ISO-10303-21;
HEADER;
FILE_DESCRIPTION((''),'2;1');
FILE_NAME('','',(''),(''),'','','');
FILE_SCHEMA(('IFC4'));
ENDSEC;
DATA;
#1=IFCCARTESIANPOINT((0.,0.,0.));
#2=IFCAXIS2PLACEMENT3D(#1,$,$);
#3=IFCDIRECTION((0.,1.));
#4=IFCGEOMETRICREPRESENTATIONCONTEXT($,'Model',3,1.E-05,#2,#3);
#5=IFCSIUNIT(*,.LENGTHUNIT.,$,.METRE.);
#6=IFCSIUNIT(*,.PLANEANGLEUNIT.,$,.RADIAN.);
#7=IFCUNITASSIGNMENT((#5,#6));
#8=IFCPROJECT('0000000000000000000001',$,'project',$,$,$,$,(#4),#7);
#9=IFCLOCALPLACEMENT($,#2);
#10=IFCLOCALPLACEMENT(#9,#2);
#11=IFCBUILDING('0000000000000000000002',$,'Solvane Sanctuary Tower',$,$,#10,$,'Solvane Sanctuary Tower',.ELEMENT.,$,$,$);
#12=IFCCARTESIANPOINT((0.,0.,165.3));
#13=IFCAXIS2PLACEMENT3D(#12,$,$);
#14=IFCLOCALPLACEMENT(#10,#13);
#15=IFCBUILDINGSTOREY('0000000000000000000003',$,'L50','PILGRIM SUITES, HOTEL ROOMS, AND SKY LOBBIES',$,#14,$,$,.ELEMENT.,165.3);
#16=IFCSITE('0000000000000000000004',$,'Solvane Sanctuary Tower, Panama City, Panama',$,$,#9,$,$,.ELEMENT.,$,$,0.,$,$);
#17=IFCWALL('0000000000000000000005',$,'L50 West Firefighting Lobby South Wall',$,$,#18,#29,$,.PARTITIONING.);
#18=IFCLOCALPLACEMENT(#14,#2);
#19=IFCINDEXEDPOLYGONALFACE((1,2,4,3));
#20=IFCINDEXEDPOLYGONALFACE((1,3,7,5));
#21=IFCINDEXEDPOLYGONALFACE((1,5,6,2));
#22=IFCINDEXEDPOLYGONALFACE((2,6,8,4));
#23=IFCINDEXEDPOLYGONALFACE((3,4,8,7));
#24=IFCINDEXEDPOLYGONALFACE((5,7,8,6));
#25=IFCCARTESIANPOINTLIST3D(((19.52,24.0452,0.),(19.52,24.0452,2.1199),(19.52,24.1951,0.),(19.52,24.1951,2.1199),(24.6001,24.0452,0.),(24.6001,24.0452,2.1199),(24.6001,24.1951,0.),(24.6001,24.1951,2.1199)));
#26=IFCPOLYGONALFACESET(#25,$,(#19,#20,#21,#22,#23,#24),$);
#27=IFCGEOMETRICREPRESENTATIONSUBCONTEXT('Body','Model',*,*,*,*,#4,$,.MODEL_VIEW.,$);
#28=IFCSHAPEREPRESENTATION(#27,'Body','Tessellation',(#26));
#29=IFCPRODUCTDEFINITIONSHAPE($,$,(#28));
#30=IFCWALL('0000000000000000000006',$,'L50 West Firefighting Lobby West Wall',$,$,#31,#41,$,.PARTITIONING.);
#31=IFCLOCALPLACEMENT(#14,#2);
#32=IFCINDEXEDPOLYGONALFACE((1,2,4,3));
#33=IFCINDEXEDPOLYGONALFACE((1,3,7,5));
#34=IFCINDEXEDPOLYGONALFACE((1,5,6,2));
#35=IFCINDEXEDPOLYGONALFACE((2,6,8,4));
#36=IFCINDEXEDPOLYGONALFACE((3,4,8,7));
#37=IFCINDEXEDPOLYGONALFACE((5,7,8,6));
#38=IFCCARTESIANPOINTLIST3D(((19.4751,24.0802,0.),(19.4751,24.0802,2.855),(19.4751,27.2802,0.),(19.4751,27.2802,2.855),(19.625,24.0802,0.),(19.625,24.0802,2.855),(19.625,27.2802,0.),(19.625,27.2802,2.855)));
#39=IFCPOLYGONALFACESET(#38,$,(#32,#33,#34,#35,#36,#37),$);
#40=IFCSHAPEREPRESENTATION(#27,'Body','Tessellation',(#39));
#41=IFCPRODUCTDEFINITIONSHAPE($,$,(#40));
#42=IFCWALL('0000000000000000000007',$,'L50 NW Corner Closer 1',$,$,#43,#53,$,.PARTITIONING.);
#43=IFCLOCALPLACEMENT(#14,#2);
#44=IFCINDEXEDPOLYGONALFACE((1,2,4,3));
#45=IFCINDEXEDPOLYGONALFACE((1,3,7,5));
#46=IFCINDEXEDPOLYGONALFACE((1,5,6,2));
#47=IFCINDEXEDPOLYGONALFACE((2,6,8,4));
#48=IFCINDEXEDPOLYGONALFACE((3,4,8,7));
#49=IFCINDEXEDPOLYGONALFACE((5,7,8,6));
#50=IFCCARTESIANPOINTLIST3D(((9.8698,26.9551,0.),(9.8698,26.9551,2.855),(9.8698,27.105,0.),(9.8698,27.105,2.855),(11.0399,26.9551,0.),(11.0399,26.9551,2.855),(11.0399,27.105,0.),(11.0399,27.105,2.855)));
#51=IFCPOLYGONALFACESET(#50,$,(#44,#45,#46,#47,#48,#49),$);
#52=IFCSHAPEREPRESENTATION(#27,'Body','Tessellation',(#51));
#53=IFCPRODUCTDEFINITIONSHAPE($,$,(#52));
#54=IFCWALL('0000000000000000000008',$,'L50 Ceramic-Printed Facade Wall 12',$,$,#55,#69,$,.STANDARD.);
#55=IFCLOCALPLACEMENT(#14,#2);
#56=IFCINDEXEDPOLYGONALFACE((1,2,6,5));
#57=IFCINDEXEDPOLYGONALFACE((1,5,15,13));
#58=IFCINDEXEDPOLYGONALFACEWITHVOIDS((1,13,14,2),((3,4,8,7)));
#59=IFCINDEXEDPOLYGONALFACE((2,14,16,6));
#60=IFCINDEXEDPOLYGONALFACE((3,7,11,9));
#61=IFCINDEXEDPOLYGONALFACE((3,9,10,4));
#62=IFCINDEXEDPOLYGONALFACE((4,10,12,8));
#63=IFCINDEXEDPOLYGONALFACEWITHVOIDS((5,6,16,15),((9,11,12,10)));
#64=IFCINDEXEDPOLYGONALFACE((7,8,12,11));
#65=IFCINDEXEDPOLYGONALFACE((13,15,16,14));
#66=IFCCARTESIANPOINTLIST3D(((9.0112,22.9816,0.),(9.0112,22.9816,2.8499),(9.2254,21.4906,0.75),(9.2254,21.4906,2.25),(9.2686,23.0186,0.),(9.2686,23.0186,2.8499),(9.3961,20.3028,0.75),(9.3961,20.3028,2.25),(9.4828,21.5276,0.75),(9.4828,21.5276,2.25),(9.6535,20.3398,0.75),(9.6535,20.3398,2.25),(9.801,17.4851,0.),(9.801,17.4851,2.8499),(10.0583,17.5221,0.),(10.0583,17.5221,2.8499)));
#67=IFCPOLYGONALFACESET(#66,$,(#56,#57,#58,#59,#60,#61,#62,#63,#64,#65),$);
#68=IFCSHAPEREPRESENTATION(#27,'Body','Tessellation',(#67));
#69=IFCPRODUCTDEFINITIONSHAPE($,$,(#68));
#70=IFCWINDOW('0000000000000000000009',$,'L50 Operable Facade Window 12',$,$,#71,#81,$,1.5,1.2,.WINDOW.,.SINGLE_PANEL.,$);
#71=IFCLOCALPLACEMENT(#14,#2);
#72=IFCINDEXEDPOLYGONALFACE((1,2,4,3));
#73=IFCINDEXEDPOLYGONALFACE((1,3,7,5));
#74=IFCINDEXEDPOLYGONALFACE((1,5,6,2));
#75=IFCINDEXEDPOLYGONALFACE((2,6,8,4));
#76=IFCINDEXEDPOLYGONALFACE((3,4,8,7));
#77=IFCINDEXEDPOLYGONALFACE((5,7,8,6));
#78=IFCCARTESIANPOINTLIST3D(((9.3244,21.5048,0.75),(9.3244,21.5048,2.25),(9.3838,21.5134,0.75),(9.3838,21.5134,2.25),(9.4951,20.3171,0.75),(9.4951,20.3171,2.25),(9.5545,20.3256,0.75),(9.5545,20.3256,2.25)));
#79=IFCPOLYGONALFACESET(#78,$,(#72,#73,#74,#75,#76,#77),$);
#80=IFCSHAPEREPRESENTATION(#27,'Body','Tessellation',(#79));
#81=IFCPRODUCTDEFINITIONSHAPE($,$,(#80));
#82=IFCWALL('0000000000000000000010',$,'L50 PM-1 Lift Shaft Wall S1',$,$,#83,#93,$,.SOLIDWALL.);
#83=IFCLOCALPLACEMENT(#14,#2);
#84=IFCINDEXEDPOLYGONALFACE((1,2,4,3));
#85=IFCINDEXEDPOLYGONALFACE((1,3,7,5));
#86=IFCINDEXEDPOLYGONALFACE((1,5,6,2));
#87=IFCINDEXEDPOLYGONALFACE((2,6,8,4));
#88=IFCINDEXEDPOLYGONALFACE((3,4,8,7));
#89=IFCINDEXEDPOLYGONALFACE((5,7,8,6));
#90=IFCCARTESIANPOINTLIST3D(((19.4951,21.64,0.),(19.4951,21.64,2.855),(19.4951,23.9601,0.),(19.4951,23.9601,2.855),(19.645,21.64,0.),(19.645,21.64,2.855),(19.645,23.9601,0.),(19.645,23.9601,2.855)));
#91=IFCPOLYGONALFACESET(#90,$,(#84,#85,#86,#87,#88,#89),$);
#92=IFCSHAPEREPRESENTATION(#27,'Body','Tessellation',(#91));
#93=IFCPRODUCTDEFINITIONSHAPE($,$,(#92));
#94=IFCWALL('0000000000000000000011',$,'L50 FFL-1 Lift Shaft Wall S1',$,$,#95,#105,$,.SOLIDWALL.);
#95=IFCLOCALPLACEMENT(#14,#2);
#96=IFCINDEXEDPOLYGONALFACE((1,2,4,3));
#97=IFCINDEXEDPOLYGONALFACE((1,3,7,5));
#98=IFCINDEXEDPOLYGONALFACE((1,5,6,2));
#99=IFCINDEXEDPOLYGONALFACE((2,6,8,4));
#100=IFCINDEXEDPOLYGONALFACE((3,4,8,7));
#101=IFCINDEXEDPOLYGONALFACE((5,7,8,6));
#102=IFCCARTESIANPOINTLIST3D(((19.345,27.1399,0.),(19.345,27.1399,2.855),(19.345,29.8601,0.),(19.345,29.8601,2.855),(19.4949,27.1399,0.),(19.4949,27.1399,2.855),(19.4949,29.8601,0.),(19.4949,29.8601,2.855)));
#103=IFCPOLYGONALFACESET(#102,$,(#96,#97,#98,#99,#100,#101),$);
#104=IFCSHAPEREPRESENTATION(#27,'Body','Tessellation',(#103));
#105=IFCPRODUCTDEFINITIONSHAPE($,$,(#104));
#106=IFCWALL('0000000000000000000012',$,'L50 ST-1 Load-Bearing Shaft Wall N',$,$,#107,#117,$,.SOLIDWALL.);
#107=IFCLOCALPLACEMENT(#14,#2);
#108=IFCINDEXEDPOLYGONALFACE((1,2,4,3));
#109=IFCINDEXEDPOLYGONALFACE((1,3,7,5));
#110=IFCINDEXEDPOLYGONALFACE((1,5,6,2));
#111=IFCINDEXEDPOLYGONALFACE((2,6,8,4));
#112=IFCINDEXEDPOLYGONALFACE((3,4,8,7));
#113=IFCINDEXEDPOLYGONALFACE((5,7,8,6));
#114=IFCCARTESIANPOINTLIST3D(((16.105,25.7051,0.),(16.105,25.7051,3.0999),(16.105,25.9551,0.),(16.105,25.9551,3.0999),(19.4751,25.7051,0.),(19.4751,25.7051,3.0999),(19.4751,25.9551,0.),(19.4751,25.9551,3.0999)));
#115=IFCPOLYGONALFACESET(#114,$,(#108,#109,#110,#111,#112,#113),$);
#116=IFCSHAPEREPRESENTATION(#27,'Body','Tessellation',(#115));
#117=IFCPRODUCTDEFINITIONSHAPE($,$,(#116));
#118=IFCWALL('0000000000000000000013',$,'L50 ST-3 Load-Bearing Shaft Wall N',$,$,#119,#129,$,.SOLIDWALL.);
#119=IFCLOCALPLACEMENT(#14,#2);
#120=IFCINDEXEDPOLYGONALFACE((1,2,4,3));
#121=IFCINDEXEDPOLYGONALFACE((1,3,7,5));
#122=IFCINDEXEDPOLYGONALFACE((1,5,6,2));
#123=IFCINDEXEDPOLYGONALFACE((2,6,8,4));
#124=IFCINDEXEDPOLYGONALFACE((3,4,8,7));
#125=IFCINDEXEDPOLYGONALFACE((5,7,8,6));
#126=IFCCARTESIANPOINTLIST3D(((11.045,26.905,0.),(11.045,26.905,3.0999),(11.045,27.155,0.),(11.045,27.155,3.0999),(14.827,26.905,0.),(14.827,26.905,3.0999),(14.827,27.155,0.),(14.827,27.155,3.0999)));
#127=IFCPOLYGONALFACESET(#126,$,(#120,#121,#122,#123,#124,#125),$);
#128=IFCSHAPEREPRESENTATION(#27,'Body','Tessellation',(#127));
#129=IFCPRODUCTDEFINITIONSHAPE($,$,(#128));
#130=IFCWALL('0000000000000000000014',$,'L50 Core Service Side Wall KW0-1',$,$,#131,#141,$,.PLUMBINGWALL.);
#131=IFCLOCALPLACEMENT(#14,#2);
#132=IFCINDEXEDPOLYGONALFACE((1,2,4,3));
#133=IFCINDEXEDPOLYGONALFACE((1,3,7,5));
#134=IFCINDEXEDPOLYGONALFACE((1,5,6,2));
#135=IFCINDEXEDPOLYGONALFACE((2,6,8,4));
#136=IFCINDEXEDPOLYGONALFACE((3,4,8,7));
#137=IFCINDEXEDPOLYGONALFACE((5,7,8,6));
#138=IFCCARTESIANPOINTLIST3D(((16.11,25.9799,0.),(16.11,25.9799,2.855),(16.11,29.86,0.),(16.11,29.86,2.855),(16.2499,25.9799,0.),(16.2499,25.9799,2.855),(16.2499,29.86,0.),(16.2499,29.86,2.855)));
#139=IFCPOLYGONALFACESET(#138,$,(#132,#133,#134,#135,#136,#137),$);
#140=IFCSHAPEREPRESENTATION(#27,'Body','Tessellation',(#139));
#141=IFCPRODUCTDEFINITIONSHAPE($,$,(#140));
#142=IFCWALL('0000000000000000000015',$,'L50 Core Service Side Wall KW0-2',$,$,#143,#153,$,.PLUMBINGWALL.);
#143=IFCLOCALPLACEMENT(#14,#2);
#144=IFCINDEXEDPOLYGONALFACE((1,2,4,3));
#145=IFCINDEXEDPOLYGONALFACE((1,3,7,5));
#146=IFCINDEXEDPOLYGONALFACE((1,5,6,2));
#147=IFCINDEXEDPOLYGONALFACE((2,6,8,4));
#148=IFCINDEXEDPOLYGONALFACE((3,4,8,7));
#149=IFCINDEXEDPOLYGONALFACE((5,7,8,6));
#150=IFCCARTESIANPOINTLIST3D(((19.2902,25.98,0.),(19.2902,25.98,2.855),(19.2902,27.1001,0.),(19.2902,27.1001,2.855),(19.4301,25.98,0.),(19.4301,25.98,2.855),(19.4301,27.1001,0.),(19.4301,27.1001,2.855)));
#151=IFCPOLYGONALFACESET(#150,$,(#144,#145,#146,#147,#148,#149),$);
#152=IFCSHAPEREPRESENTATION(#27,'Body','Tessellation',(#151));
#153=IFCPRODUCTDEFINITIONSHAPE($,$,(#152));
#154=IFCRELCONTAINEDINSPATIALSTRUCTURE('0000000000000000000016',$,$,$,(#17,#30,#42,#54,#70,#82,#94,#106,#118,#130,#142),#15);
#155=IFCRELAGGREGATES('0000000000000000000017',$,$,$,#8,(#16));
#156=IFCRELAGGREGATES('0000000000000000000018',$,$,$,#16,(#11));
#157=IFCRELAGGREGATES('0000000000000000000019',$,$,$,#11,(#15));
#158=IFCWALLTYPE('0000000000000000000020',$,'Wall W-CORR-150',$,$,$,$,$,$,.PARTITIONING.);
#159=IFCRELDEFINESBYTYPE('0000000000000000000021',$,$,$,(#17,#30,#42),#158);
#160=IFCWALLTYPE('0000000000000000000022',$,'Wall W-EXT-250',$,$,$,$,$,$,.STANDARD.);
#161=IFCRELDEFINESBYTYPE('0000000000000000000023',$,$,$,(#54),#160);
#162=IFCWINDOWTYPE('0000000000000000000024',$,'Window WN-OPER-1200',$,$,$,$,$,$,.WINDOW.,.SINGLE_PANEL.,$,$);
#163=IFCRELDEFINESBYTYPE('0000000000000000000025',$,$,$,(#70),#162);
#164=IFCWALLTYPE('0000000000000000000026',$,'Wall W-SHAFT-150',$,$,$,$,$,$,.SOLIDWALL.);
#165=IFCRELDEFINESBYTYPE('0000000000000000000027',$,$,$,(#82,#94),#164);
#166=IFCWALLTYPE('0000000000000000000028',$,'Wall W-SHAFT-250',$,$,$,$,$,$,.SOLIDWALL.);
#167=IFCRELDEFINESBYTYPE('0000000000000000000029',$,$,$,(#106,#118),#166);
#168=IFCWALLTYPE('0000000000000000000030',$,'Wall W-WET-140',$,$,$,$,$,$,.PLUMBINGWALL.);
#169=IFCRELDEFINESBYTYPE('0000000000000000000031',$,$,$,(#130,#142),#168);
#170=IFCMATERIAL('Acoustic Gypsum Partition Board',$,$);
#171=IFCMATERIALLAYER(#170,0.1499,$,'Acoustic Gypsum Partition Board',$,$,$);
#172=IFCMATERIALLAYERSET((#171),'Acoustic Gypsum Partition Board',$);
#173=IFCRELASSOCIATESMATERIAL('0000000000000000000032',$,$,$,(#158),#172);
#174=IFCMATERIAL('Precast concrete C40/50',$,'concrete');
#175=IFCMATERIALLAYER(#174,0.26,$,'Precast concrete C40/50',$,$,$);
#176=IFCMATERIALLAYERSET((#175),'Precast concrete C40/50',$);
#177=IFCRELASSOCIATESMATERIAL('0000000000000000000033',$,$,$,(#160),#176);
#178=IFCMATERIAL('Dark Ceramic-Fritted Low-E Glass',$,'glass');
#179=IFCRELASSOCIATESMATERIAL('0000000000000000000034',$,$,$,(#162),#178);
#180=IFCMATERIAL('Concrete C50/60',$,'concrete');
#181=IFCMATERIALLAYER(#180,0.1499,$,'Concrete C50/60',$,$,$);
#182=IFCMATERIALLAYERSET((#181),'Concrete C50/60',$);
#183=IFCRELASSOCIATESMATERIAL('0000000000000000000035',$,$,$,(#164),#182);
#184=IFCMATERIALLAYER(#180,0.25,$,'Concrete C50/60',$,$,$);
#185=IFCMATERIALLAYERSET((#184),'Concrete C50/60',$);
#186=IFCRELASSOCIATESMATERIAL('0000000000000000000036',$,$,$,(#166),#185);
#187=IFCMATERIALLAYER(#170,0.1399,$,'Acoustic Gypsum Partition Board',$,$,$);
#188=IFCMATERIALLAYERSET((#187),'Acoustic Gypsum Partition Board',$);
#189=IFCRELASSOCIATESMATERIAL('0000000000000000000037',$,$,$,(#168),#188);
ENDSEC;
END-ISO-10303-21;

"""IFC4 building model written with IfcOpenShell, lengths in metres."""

from ifc_helpers import new_model, si_unit, direction, frame, frame_2d, origin, place, context, subcontext, project, spatial, rectangle, extrude, material, layer, layer_set, type_object, element, fill, save


model = new_model("IFC4")

# Units and contexts
model_context = context("Model", 3, precision=1e-05, world=origin(), true_north=direction((0.0, 1.0)))
body_context = subcontext(model_context, "Body", "Model", "MODEL_VIEW")
ifc_project = project(units=[si_unit("LENGTHUNIT", "METRE"), si_unit("PLANEANGLEUNIT", "RADIAN")], contexts=[model_context])

# Site, building, storey
site_placement = place(None, origin())
site = spatial("IfcSite", under=ifc_project, at=site_placement, Name="Solvane Sanctuary Tower, Panama City, Panama", CompositionType="ELEMENT", RefElevation=0.0)
building_placement = place(site_placement, origin())
building = spatial("IfcBuilding", under=site, at=building_placement, Name="Solvane Sanctuary Tower", LongName="Solvane Sanctuary Tower", CompositionType="ELEMENT")
storey_placement = place(building_placement, frame((0.0, 0.0, 165.3)))
storey = spatial("IfcBuildingStorey", under=building, at=storey_placement, Name="L50", Description="PILGRIM SUITES, HOTEL ROOMS, AND SKY LOBBIES", CompositionType="ELEMENT", Elevation=165.3)

# Walls
ifc_material_1 = material(Name="Acoustic Gypsum Partition Board")
ifc_layer_1 = layer(ifc_material_1, 0.1499, Name="Acoustic Gypsum Partition Board")
ifc_layer_set_1 = layer_set([ifc_layer_1], Name="Acoustic Gypsum Partition Board")
wall_type_1 = type_object("IfcWallType", Name="Wall W-CORR-150", PredefinedType="PARTITIONING", material=ifc_layer_set_1)
wall_1_placement = place(storey_placement, frame((19.52, 24.1201, 0.0), z_axis=(0.0, 0.0, 1.0), x_axis=(1.0, 0.0, 0.0)))
element("IfcWall", 1, at=wall_1_placement, inside=storey, type_object=wall_type_1, Name="L50 West Firefighting Lobby South Wall", PredefinedType="PARTITIONING", context=body_context, shape_type="SweptSolid", body=[
    extrude(rectangle(XDim=5.0801, YDim=0.1499, at=frame_2d((2.54, 0.0))), origin(), (0.0, 0.0, 1.0), 2.1199),
])
wall_2_placement = place(storey_placement, frame((19.55, 24.0801, 0.0), z_axis=(0.0, 0.0, 1.0), x_axis=(0.0, 1.0, 0.0)))
element("IfcWall", 2, at=wall_2_placement, inside=storey, type_object=wall_type_1, Name="L50 West Firefighting Lobby West Wall", PredefinedType="PARTITIONING", context=body_context, shape_type="SweptSolid", body=[
    extrude(rectangle(XDim=3.2, YDim=0.1499, at=frame_2d((1.6001, 0.0))), origin(), (0.0, 0.0, 1.0), 2.855),
])
wall_3_placement = place(storey_placement, frame((9.8699, 27.03, 0.0), z_axis=(0.0, 0.0, 1.0), x_axis=(1.0, 0.0, 0.0)))
element("IfcWall", 3, at=wall_3_placement, inside=storey, type_object=wall_type_1, Name="L50 NW Corner Closer 1", PredefinedType="PARTITIONING", context=body_context, shape_type="SweptSolid", body=[
    extrude(rectangle(XDim=1.1702, YDim=0.1499, at=frame_2d((0.585, 0.0))), origin(), (0.0, 0.0, 1.0), 2.855),
])

# Wall, opening, window
ifc_material_2 = material(Name="Precast concrete C40/50", Category="concrete")
ifc_layer_2 = layer(ifc_material_2, 0.26, Name="Precast concrete C40/50")
ifc_layer_set_2 = layer_set([ifc_layer_2], Name="Precast concrete C40/50")
wall_type_2 = type_object("IfcWallType", Name="Wall W-EXT-250", PredefinedType="STANDARD", material=ifc_layer_set_2)
wall_4_placement = place(storey_placement, frame((9.1399, 23.0, 0.0), z_axis=(0.0, 0.0, 1.0), x_axis=(0.142228, -0.989834, 0.0)))
wall_4 = element("IfcWall", 4, at=wall_4_placement, inside=storey, type_object=wall_type_2, Name="L50 Ceramic-Printed Facade Wall 12", PredefinedType="STANDARD", context=body_context, shape_type="SweptSolid", body=[
    extrude(rectangle(XDim=5.553, YDim=0.26, at=frame_2d((2.7764, 0.0))), origin(), (0.0, 0.0, 1.0), 2.8499),
])
opening_placement = place(wall_4_placement, frame((1.5061, 0.0, 0.75)))
opening = element("IfcOpeningElement", 5, at=opening_placement, cuts=wall_4, PredefinedType="OPENING", context=body_context, shape_type="SweptSolid", body=[
    extrude(rectangle(XDim=1.2, YDim=1.5, at=frame_2d((0.6001, 0.75))), frame((0.0, 0.1399, 0.0), z_axis=(0.0, -1.0, 0.0), x_axis=(1.0, 0.0, 0.0)), (0.0, 0.0, 1.0), 0.28),
])
ifc_material_3 = material(Name="Dark Ceramic-Fritted Low-E Glass", Category="glass")
window_type = type_object("IfcWindowType", Name="Window WN-OPER-1200", PartitioningType="SINGLE_PANEL", PredefinedType="WINDOW", material=ifc_material_3)
window_placement = place(opening_placement, origin())
window = element("IfcWindow", 6, at=window_placement, inside=storey, type_object=window_type, Name="L50 Operable Facade Window 12", OverallHeight=1.5, OverallWidth=1.2, PartitioningType="SINGLE_PANEL", PredefinedType="WINDOW", context=body_context, shape_type="SweptSolid", body=[
    extrude(rectangle(XDim=1.2, YDim=1.5, at=frame_2d((0.6001, 0.75))), frame((0.0, 0.03, 0.0), z_axis=(0.0, -1.0, 0.0), x_axis=(1.0, 0.0, 0.0)), (0.0, 0.0, 1.0), 0.0601),
])
fill(opening, window)

# Walls
ifc_material_4 = material(Name="Concrete C50/60", Category="concrete")
ifc_layer_3 = layer(ifc_material_4, 0.1499, Name="Concrete C50/60")
ifc_layer_set_3 = layer_set([ifc_layer_3], Name="Concrete C50/60")
wall_type_3 = type_object("IfcWallType", Name="Wall W-SHAFT-150", PredefinedType="SOLIDWALL", material=ifc_layer_set_3)
wall_5_placement = place(storey_placement, frame((19.5701, 21.6399, 0.0), z_axis=(0.0, 0.0, 1.0), x_axis=(0.0, 1.0, 0.0)))
element("IfcWall", 7, at=wall_5_placement, inside=storey, type_object=wall_type_3, Name="L50 PM-1 Lift Shaft Wall S1", PredefinedType="SOLIDWALL", context=body_context, shape_type="SweptSolid", body=[
    extrude(rectangle(XDim=2.3201, YDim=0.1499, at=frame_2d((1.1602, 0.0))), origin(), (0.0, 0.0, 1.0), 2.855),
])
wall_6_placement = place(storey_placement, frame((19.4199, 27.1399, 0.0), z_axis=(0.0, 0.0, 1.0), x_axis=(0.0, 1.0, 0.0)))
element("IfcWall", 8, at=wall_6_placement, inside=storey, type_object=wall_type_3, Name="L50 FFL-1 Lift Shaft Wall S1", PredefinedType="SOLIDWALL", context=body_context, shape_type="SweptSolid", body=[
    extrude(rectangle(XDim=2.7202, YDim=0.1499, at=frame_2d((1.3601, 0.0))), origin(), (0.0, 0.0, 1.0), 2.855),
])
ifc_layer_4 = layer(ifc_material_4, 0.25, Name="Concrete C50/60")
ifc_layer_set_4 = layer_set([ifc_layer_4], Name="Concrete C50/60")
wall_type_4 = type_object("IfcWallType", Name="Wall W-SHAFT-250", PredefinedType="SOLIDWALL", material=ifc_layer_set_4)
wall_7_placement = place(storey_placement, frame((16.105, 25.8301, 0.0), z_axis=(0.0, 0.0, 1.0), x_axis=(1.0, 0.0, 0.0)))
element("IfcWall", 9, at=wall_7_placement, inside=storey, type_object=wall_type_4, Name="L50 ST-1 Load-Bearing Shaft Wall N", PredefinedType="SOLIDWALL", context=body_context, shape_type="SweptSolid", body=[
    extrude(rectangle(XDim=3.3701, YDim=0.25, at=frame_2d((1.6851, 0.0))), origin(), (0.0, 0.0, 1.0), 3.0999),
])
wall_8_placement = place(storey_placement, frame((11.0449, 27.03, 0.0), z_axis=(0.0, 0.0, 1.0), x_axis=(1.0, 0.0, 0.0)))
element("IfcWall", 10, at=wall_8_placement, inside=storey, type_object=wall_type_4, Name="L50 ST-3 Load-Bearing Shaft Wall N", PredefinedType="SOLIDWALL", context=body_context, shape_type="SweptSolid", body=[
    extrude(rectangle(XDim=3.782, YDim=0.25, at=frame_2d((1.8911, 0.0))), origin(), (0.0, 0.0, 1.0), 3.0999),
])
ifc_layer_5 = layer(ifc_material_1, 0.1399, Name="Acoustic Gypsum Partition Board")
ifc_layer_set_5 = layer_set([ifc_layer_5], Name="Acoustic Gypsum Partition Board")
wall_type_5 = type_object("IfcWallType", Name="Wall W-WET-140", PredefinedType="PLUMBINGWALL", material=ifc_layer_set_5)
wall_9_placement = place(storey_placement, frame((16.1799, 25.98, 0.0), z_axis=(0.0, 0.0, 1.0), x_axis=(0.0, 1.0, 0.0)))
element("IfcWall", 11, at=wall_9_placement, inside=storey, type_object=wall_type_5, Name="L50 Core Service Side Wall KW0-1", PredefinedType="PLUMBINGWALL", context=body_context, shape_type="SweptSolid", body=[
    extrude(rectangle(XDim=3.8801, YDim=0.1399, at=frame_2d((1.9399, 0.0))), origin(), (0.0, 0.0, 1.0), 2.855),
])
wall_10_placement = place(storey_placement, frame((19.3601, 25.98, 0.0), z_axis=(0.0, 0.0, 1.0), x_axis=(0.0, 1.0, 0.0)))
element("IfcWall", 12, at=wall_10_placement, inside=storey, type_object=wall_type_5, Name="L50 Core Service Side Wall KW0-2", PredefinedType="PLUMBINGWALL", context=body_context, shape_type="SweptSolid", body=[
    extrude(rectangle(XDim=1.1201, YDim=0.1399, at=frame_2d((0.5601, 0.0))), origin(), (0.0, 0.0, 1.0), 2.855),
])

save(model, "model.ifc")
